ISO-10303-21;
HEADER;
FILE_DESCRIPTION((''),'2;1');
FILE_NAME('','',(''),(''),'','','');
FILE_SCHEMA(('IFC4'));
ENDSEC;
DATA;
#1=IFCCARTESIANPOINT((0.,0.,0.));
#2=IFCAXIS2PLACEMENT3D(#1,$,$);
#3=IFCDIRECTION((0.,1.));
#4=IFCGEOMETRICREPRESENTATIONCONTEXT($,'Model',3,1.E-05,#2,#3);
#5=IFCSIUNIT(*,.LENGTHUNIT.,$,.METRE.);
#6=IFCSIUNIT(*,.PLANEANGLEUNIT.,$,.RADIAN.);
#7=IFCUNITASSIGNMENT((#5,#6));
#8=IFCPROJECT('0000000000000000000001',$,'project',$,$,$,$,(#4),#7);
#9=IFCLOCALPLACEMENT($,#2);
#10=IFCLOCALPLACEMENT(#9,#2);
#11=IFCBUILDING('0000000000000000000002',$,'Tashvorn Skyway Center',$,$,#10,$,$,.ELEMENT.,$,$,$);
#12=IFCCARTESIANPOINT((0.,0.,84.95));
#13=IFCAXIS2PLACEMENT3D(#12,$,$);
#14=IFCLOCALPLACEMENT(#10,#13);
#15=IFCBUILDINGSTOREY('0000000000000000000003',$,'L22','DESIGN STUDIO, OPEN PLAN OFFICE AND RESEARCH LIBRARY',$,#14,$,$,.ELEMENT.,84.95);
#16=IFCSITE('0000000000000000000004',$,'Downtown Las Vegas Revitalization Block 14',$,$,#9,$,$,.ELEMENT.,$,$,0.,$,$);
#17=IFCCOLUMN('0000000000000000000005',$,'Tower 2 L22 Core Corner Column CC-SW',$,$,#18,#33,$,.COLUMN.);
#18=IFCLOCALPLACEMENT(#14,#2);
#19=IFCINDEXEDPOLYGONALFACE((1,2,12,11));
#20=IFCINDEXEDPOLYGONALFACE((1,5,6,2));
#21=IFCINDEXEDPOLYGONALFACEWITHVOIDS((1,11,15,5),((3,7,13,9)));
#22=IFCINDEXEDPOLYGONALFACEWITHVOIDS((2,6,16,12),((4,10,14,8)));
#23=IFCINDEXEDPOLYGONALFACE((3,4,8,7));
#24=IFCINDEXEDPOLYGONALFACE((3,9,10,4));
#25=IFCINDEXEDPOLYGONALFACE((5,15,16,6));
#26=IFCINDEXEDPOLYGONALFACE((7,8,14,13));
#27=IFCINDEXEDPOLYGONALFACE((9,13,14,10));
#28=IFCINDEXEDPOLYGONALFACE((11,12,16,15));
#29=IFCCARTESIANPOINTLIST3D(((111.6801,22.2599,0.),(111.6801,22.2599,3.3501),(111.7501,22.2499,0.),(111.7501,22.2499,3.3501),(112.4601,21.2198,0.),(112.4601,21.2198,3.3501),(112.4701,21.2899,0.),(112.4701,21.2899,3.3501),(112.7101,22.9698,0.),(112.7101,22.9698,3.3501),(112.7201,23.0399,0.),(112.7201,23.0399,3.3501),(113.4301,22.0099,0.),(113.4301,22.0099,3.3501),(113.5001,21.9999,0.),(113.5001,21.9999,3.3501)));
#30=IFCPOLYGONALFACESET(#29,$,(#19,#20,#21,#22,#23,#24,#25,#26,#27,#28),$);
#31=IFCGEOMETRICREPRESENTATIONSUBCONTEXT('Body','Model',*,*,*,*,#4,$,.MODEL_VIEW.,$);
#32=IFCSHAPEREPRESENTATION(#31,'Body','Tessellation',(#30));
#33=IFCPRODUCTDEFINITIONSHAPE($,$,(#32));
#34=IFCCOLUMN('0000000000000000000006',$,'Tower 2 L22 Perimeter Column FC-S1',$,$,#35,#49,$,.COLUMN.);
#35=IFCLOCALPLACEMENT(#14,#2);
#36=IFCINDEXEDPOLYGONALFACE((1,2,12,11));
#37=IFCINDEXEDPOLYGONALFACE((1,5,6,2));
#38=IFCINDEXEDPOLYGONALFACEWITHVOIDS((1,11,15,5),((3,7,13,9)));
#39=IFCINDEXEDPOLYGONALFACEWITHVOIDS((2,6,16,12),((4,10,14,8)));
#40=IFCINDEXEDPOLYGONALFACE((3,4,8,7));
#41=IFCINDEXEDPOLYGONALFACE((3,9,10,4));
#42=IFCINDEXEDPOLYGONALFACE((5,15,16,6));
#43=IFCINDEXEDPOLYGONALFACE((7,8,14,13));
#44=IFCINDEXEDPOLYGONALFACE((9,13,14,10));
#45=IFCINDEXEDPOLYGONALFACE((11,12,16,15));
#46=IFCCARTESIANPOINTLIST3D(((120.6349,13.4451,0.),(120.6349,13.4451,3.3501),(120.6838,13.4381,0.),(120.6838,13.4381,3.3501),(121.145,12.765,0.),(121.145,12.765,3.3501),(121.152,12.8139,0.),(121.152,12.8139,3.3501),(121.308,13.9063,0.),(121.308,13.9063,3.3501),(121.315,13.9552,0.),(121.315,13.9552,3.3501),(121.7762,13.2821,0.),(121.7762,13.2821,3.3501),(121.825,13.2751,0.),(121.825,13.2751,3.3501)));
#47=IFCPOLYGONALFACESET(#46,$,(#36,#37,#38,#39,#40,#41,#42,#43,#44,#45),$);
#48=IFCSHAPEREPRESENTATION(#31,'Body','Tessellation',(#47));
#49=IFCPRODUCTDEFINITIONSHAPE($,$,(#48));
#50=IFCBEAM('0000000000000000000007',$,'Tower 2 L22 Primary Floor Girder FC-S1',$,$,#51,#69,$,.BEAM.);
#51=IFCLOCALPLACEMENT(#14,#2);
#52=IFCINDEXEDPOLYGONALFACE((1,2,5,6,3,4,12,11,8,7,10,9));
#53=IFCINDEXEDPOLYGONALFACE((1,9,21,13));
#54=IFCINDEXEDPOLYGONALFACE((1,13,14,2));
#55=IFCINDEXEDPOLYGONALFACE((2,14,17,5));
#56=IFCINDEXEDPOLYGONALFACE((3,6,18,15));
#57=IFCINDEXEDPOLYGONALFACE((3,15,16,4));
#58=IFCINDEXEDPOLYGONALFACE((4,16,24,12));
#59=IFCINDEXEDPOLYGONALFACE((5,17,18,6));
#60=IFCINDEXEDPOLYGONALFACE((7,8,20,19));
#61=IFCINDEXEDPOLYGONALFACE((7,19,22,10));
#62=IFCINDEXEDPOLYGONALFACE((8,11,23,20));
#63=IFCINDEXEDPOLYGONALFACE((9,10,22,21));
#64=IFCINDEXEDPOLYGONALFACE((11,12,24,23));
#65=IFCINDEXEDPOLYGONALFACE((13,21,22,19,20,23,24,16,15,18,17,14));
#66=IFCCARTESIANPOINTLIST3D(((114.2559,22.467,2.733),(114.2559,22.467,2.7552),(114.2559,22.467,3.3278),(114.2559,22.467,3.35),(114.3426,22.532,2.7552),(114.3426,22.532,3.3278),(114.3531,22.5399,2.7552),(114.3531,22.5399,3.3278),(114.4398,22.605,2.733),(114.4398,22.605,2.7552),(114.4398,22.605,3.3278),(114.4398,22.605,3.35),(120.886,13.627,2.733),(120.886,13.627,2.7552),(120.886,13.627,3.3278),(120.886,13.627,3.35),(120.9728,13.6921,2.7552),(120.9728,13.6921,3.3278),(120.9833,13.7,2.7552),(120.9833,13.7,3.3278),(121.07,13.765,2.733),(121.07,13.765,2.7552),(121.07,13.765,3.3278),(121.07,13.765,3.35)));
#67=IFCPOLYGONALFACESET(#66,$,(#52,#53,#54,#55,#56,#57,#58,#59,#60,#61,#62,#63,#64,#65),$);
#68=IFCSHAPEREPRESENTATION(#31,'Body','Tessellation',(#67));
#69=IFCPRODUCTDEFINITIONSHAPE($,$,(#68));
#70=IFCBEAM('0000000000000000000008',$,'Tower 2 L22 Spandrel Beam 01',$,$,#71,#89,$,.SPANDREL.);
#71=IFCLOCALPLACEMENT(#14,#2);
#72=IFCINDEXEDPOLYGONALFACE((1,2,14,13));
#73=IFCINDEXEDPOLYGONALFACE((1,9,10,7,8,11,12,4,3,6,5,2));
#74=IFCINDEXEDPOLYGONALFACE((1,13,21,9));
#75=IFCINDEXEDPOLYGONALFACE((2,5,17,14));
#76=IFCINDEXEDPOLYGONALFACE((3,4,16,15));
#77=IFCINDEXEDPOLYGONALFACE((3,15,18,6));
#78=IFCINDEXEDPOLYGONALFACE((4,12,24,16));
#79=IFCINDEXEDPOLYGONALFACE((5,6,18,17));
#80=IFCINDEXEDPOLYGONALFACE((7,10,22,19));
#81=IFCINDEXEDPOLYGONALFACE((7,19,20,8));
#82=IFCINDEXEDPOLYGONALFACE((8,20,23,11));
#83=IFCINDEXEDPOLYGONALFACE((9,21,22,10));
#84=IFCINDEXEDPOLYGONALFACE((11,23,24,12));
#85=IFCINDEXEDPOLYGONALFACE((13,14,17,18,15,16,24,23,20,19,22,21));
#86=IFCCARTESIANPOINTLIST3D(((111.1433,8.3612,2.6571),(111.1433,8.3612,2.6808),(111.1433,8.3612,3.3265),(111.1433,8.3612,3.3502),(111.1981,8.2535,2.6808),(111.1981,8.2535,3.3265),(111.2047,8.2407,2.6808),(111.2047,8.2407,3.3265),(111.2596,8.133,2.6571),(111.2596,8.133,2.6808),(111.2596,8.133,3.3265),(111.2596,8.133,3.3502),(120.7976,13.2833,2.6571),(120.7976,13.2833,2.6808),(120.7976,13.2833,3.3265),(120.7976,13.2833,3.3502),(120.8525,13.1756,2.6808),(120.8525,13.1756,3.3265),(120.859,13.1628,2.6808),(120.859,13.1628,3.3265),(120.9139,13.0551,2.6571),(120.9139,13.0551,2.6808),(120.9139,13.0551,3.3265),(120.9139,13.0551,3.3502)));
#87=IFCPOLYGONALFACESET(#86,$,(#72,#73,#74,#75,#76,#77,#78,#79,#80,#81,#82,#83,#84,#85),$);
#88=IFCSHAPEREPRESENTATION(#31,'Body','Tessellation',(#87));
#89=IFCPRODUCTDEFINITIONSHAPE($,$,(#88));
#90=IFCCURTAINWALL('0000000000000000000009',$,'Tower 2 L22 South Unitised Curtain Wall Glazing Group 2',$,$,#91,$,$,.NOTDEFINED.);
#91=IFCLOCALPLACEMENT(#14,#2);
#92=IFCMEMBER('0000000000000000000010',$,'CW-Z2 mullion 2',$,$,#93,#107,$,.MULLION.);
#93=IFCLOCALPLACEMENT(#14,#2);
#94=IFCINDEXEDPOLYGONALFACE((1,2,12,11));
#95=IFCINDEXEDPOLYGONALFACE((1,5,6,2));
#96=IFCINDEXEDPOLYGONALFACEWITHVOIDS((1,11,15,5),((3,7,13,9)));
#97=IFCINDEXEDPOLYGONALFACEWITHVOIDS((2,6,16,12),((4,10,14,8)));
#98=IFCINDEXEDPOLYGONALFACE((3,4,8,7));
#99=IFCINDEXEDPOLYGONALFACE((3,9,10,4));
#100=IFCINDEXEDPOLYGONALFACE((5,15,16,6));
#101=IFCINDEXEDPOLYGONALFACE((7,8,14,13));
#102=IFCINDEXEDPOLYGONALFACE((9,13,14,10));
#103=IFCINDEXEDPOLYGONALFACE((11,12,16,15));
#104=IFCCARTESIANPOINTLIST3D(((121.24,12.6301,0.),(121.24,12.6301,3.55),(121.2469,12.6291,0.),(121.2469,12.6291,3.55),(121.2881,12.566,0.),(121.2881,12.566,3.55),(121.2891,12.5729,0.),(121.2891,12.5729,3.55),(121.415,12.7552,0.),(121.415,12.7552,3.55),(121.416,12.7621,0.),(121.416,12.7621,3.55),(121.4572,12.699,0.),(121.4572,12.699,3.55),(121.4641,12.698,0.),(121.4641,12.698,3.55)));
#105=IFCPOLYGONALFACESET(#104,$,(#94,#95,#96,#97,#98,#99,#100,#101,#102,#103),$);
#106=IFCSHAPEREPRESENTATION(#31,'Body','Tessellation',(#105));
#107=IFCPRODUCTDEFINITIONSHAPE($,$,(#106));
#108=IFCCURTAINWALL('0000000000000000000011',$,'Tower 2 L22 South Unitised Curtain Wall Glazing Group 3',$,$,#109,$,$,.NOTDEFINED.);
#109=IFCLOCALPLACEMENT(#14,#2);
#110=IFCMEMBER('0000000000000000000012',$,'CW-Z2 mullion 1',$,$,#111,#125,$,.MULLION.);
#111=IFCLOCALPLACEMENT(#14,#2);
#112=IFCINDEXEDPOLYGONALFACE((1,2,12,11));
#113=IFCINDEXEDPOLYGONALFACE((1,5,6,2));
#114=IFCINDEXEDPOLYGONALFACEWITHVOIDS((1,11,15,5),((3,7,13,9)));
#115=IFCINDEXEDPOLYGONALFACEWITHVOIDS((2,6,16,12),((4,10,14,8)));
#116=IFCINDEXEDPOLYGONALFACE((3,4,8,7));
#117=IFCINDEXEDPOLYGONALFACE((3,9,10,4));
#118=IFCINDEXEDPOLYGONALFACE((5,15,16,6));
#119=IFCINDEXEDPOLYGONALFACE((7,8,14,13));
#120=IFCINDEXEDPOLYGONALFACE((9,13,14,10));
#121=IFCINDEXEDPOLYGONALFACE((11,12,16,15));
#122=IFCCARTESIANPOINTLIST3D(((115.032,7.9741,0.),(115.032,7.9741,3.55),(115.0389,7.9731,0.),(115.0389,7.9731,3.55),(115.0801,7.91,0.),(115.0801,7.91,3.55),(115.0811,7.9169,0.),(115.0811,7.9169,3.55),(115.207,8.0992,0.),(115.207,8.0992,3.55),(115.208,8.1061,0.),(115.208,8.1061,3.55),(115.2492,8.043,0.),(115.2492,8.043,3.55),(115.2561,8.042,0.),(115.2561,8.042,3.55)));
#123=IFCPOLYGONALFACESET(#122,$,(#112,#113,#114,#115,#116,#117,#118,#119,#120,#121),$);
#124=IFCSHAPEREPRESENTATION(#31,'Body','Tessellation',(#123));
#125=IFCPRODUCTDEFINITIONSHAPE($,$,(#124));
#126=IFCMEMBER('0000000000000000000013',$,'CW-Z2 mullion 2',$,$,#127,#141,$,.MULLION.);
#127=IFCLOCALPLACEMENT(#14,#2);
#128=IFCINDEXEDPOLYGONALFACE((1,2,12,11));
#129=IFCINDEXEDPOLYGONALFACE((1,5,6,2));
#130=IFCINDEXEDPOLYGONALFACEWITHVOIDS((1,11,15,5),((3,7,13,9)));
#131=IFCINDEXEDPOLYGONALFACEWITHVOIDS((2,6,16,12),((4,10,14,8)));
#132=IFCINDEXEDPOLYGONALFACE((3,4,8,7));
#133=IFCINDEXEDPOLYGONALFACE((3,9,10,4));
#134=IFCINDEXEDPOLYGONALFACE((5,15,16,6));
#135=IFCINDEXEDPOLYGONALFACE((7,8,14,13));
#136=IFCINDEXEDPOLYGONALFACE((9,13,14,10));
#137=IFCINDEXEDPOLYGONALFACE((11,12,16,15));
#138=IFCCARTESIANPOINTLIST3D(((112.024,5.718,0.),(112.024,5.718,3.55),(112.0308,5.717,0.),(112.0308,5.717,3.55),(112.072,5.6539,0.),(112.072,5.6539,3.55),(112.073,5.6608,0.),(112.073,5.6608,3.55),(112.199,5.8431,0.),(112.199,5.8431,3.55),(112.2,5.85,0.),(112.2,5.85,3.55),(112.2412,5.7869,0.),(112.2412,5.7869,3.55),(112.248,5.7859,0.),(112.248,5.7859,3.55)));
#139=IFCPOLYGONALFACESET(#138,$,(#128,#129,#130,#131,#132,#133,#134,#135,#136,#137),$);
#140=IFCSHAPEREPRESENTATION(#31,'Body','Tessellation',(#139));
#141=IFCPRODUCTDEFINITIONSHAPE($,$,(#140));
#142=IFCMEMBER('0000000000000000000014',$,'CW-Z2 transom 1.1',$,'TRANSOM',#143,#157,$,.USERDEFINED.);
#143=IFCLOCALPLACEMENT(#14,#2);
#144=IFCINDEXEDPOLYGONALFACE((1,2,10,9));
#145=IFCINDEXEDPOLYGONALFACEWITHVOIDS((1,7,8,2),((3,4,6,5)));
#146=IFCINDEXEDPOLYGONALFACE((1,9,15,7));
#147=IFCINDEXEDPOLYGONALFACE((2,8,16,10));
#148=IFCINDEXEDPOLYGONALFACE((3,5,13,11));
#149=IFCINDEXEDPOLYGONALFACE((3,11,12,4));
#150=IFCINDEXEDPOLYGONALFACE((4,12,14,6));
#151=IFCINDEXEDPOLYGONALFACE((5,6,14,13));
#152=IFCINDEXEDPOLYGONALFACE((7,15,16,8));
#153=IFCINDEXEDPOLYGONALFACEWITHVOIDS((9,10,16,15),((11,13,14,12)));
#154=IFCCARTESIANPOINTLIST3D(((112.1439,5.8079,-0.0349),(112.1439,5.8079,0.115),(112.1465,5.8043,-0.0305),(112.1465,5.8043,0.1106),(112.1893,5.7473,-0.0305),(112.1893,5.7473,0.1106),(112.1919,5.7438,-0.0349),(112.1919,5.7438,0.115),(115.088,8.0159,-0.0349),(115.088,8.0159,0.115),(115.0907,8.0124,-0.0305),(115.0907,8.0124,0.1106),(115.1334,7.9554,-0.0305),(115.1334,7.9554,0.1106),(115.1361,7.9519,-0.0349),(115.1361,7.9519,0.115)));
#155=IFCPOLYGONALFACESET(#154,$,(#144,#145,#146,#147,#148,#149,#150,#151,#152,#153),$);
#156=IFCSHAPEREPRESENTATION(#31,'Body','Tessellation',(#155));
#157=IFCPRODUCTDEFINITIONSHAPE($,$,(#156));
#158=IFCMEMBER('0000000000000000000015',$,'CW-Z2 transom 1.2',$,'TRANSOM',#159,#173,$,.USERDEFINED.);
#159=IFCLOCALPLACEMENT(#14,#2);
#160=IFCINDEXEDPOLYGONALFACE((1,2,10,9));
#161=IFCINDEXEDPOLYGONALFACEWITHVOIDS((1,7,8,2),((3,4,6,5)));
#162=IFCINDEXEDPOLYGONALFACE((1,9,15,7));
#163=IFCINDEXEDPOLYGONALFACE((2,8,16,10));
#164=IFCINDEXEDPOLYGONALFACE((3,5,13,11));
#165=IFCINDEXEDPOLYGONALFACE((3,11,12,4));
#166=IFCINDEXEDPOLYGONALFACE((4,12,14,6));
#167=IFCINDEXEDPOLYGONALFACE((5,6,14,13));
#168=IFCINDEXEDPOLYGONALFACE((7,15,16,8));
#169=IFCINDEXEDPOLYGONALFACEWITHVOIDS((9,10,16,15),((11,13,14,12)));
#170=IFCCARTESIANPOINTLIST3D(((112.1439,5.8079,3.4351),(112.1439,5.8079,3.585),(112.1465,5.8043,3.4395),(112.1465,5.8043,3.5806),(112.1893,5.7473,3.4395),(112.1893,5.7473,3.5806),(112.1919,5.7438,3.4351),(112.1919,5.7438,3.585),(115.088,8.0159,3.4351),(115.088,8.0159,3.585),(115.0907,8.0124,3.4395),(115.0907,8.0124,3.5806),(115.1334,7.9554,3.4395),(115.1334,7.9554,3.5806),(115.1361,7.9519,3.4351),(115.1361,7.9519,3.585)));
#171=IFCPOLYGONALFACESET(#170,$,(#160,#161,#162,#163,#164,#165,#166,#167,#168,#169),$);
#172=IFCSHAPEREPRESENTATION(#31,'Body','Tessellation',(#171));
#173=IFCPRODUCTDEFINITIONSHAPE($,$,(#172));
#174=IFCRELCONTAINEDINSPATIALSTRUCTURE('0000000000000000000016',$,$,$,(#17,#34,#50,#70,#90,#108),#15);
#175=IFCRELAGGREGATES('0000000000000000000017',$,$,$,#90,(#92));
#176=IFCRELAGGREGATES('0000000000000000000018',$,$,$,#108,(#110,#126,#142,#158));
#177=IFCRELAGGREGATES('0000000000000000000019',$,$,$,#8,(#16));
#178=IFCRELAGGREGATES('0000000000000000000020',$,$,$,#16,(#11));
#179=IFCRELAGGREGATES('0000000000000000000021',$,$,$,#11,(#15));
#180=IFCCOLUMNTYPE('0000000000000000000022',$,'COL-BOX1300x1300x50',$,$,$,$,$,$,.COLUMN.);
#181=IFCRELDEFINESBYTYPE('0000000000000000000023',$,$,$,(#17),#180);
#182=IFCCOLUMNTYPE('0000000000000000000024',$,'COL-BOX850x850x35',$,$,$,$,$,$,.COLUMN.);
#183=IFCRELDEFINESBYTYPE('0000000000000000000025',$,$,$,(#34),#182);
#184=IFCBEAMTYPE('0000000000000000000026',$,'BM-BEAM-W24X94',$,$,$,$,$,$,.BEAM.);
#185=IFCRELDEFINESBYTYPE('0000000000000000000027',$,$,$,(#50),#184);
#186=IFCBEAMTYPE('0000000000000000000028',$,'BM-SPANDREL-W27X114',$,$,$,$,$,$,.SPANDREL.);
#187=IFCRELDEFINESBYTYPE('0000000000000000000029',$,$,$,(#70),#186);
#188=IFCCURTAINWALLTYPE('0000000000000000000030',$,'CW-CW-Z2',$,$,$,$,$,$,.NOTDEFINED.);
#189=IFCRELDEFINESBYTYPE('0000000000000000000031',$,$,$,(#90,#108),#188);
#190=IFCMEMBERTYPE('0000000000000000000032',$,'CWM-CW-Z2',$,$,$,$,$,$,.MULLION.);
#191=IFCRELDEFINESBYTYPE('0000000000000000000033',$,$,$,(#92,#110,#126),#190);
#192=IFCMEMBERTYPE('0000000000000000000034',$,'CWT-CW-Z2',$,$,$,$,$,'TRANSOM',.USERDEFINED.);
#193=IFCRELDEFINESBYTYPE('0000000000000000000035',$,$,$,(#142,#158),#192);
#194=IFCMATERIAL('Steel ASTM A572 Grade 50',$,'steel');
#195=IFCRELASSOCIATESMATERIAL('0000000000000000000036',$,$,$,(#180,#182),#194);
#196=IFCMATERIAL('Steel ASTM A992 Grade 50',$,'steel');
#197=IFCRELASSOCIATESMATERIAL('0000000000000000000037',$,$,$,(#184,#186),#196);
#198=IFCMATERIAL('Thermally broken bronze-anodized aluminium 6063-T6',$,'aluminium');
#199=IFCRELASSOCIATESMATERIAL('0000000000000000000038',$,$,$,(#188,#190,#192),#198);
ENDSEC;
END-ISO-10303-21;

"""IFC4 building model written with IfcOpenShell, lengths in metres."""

from ifc_helpers import new_model, si_unit, direction, frame, origin, origin_2d, place, context, subcontext, project, spatial, hollow_rectangle, i_section, extrude, material, material_profile, profile_set, type_object, element, aggregate, save


model = new_model("IFC4")

# Units and contexts
model_context = context("Model", 3, precision=1e-05, world=origin(), true_north=direction((0.0, 1.0)))
body_context = subcontext(model_context, "Body", "Model", "MODEL_VIEW")
ifc_project = project(units=[si_unit("LENGTHUNIT", "METRE"), si_unit("PLANEANGLEUNIT", "RADIAN")], contexts=[model_context])

# Site, building, storey
site_placement = place(None, origin())
site = spatial("IfcSite", under=ifc_project, at=site_placement, Name="Downtown Las Vegas Revitalization Block 14", CompositionType="ELEMENT", RefElevation=0.0)
building_placement = place(site_placement, origin())
building = spatial("IfcBuilding", under=site, at=building_placement, Name="Tashvorn Skyway Center", CompositionType="ELEMENT")
storey_placement = place(building_placement, frame((0.0, 0.0, 84.95)))
storey = spatial("IfcBuildingStorey", under=building, at=storey_placement, Name="L22", Description="DESIGN STUDIO, OPEN PLAN OFFICE AND RESEARCH LIBRARY", CompositionType="ELEMENT", Elevation=84.95)

# Columns
ifc_material_1 = material(Name="Steel ASTM A572 Grade 50", Category="steel")
ifc_material_profile_1 = material_profile(ifc_material_1, hollow_rectangle(XDim=1.3, YDim=1.3, WallThickness=0.05, at=origin_2d()), Name="BOX1300x1300x50")
ifc_profile_set_1 = profile_set([ifc_material_profile_1], Name="Steel ASTM A572 Grade 50")
column_type_1 = type_object("IfcColumnType", Name="COL-BOX1300x1300x50", PredefinedType="COLUMN", material=ifc_profile_set_1)
column_1_placement = place(storey_placement, frame((112.5901, 22.1299, 0.0), z_axis=(0.0, 0.0, 1.0), x_axis=(0.8, 0.6, 0.0)))
element("IfcColumn", 1, at=column_1_placement, inside=storey, type_object=column_type_1, Name="Tower 2 L22 Core Corner Column CC-SW", PredefinedType="COLUMN", context=body_context, shape_type="SweptSolid", body=[
    extrude(hollow_rectangle(XDim=1.3, YDim=1.3, WallThickness=0.05, at=origin_2d()), origin(), (0.0, 0.0, 1.0), 3.3501),
])
ifc_material_profile_2 = material_profile(ifc_material_1, hollow_rectangle(XDim=0.8501, YDim=0.8501, WallThickness=0.0349, at=origin_2d()), Name="BOX850x850x35")
ifc_profile_set_2 = profile_set([ifc_material_profile_2], Name="Steel ASTM A572 Grade 50")
column_type_2 = type_object("IfcColumnType", Name="COL-BOX850x850x35", PredefinedType="COLUMN", material=ifc_profile_set_2)
column_2_placement = place(storey_placement, frame((121.23, 13.3601, 0.0), z_axis=(0.0, 0.0, 1.0), x_axis=(0.8, 0.6, 0.0)))
element("IfcColumn", 2, at=column_2_placement, inside=storey, type_object=column_type_2, Name="Tower 2 L22 Perimeter Column FC-S1", PredefinedType="COLUMN", context=body_context, shape_type="SweptSolid", body=[
    extrude(hollow_rectangle(XDim=0.8501, YDim=0.8501, WallThickness=0.0349, at=origin_2d()), origin(), (0.0, 0.0, 1.0), 3.3501),
])

# Beams
ifc_material_2 = material(Name="Steel ASTM A992 Grade 50", Category="steel")
ifc_material_profile_3 = material_profile(ifc_material_2, i_section(OverallWidth=0.23, OverallDepth=0.6169, WebThickness=0.0132, FlangeThickness=0.0222, at=origin_2d()), Name="W24X94")
ifc_profile_set_3 = profile_set([ifc_material_profile_3], Name="Steel ASTM A992 Grade 50")
beam_type_1 = type_object("IfcBeamType", Name="BM-BEAM-W24X94", PredefinedType="BEAM", material=ifc_profile_set_3)
beam_1_placement = place(storey_placement, frame((120.978, 13.696, 3.0415), z_axis=(-0.600014, 0.799989, 0.0), x_axis=(-0.799989, -0.600014, 0.0)))
element("IfcBeam", 3, at=beam_1_placement, inside=storey, type_object=beam_type_1, Name="Tower 2 L22 Primary Floor Girder FC-S1", PredefinedType="BEAM", context=body_context, shape_type="SweptSolid", body=[
    extrude(i_section(OverallWidth=0.23, OverallDepth=0.6169, WebThickness=0.0132, FlangeThickness=0.0222, at=origin_2d()), origin(), (0.0, 0.0, 1.0), 11.05),
])
ifc_material_profile_4 = material_profile(ifc_material_2, i_section(OverallWidth=0.2561, OverallDepth=0.6931, WebThickness=0.0144, FlangeThickness=0.0237, at=origin_2d()), Name="W27X114")
ifc_profile_set_4 = profile_set([ifc_material_profile_4], Name="Steel ASTM A992 Grade 50")
beam_type_2 = type_object("IfcBeamType", Name="BM-SPANDREL-W27X114", PredefinedType="SPANDREL", material=ifc_profile_set_4)
beam_2_placement = place(storey_placement, frame((111.2014, 8.2471, 3.0037), z_axis=(0.890894, 0.454211, 0.0), x_axis=(-0.454211, 0.890894, 0.0)))
element("IfcBeam", 4, at=beam_2_placement, inside=storey, type_object=beam_type_2, Name="Tower 2 L22 Spandrel Beam 01", PredefinedType="SPANDREL", context=body_context, shape_type="SweptSolid", body=[
    extrude(i_section(OverallWidth=0.2561, OverallDepth=0.6931, WebThickness=0.0144, FlangeThickness=0.0237, at=origin_2d()), origin(), (0.0, 0.0, 1.0), 10.8367),
])

# Curtain wall, member
ifc_material_3 = material(Name="Thermally broken bronze-anodized aluminium 6063-T6", Category="aluminium")
curtain_wall_type = type_object("IfcCurtainWallType", Name="CW-CW-Z2", PredefinedType="NOTDEFINED", material=ifc_material_3)
curtain_wall_1_placement = place(storey_placement, origin())
curtain_wall_1 = element("IfcCurtainWall", 5, at=curtain_wall_1_placement, inside=storey, type_object=curtain_wall_type, Name="Tower 2 L22 South Unitised Curtain Wall Glazing Group 2", PredefinedType="NOTDEFINED")
ifc_material_profile_5 = material_profile(ifc_material_3, hollow_rectangle(XDim=0.0801, YDim=0.22, WallThickness=0.0049, at=origin_2d()), Name="ALU-MULL-80x220")
ifc_profile_set_5 = profile_set([ifc_material_profile_5], Name="Thermally broken bronze-anodized aluminium 6063-T6")
member_type_1 = type_object("IfcMemberType", Name="CWM-CW-Z2", PredefinedType="MULLION", material=ifc_profile_set_5)
member_1_placement = place(storey_placement, frame((121.3521, 12.6641, 0.0), z_axis=(0.0, 0.0, 1.0), x_axis=(0.6, -0.8, 0.0)))
member_1 = element("IfcMember", 6, at=member_1_placement, type_object=member_type_1, Name="CW-Z2 mullion 2", PredefinedType="MULLION", context=body_context, shape_type="SweptSolid", body=[
    extrude(hollow_rectangle(XDim=0.0801, YDim=0.22, WallThickness=0.0049, at=origin_2d()), origin(), (0.0, 0.0, 1.0), 3.55),
])
aggregate(curtain_wall_1, [member_1])

# Curtain wall, members
curtain_wall_2_placement = place(storey_placement, origin())
curtain_wall_2 = element("IfcCurtainWall", 7, at=curtain_wall_2_placement, inside=storey, type_object=curtain_wall_type, Name="Tower 2 L22 South Unitised Curtain Wall Glazing Group 3", PredefinedType="NOTDEFINED")
member_2_placement = place(storey_placement, frame((115.144, 8.0081, 0.0), z_axis=(0.0, 0.0, 1.0), x_axis=(0.6, -0.8, 0.0)))
member_2 = element("IfcMember", 8, at=member_2_placement, type_object=member_type_1, Name="CW-Z2 mullion 1", PredefinedType="MULLION", context=body_context, shape_type="SweptSolid", body=[
    extrude(hollow_rectangle(XDim=0.0801, YDim=0.22, WallThickness=0.0049, at=origin_2d()), origin(), (0.0, 0.0, 1.0), 3.55),
])
member_3_placement = place(storey_placement, frame((112.136, 5.752, 0.0), z_axis=(0.0, 0.0, 1.0), x_axis=(0.6, -0.8, 0.0)))
member_3 = element("IfcMember", 9, at=member_3_placement, type_object=member_type_1, Name="CW-Z2 mullion 2", PredefinedType="MULLION", context=body_context, shape_type="SweptSolid", body=[
    extrude(hollow_rectangle(XDim=0.0801, YDim=0.22, WallThickness=0.0049, at=origin_2d()), origin(), (0.0, 0.0, 1.0), 3.55),
])
ifc_material_profile_6 = material_profile(ifc_material_3, hollow_rectangle(XDim=0.0801, YDim=0.1499, WallThickness=0.0044, at=origin_2d()), Name="ALU-TRAN-80x150")
ifc_profile_set_6 = profile_set([ifc_material_profile_6], Name="Thermally broken bronze-anodized aluminium 6063-T6")
member_type_2 = type_object("IfcMemberType", Name="CWT-CW-Z2", ElementType="TRANSOM", PredefinedType="USERDEFINED", material=ifc_profile_set_6)
member_4_placement = place(storey_placement, frame((115.1121, 7.9839, 0.04), z_axis=(-0.800008, -0.599989, 0.0), x_axis=(0.599989, -0.800008, 0.0)))
member_4 = element("IfcMember", 10, at=member_4_placement, type_object=member_type_2, Name="CW-Z2 transom 1.1", ObjectType="TRANSOM", PredefinedType="USERDEFINED", context=body_context, shape_type="SweptSolid", body=[
    extrude(hollow_rectangle(XDim=0.0801, YDim=0.1499, WallThickness=0.0044, at=origin_2d()), origin(), (0.0, 0.0, 1.0), 3.6802),
])
member_5_placement = place(storey_placement, frame((115.1121, 7.9839, 3.51), z_axis=(-0.800008, -0.599989, 0.0), x_axis=(0.599989, -0.800008, 0.0)))
member_5 = element("IfcMember", 11, at=member_5_placement, type_object=member_type_2, Name="CW-Z2 transom 1.2", ObjectType="TRANSOM", PredefinedType="USERDEFINED", context=body_context, shape_type="SweptSolid", body=[
    extrude(hollow_rectangle(XDim=0.0801, YDim=0.1499, WallThickness=0.0044, at=origin_2d()), origin(), (0.0, 0.0, 1.0), 3.6802),
])
aggregate(curtain_wall_2, [member_2, member_3, member_4, member_5])

save(model, "model.ifc")
